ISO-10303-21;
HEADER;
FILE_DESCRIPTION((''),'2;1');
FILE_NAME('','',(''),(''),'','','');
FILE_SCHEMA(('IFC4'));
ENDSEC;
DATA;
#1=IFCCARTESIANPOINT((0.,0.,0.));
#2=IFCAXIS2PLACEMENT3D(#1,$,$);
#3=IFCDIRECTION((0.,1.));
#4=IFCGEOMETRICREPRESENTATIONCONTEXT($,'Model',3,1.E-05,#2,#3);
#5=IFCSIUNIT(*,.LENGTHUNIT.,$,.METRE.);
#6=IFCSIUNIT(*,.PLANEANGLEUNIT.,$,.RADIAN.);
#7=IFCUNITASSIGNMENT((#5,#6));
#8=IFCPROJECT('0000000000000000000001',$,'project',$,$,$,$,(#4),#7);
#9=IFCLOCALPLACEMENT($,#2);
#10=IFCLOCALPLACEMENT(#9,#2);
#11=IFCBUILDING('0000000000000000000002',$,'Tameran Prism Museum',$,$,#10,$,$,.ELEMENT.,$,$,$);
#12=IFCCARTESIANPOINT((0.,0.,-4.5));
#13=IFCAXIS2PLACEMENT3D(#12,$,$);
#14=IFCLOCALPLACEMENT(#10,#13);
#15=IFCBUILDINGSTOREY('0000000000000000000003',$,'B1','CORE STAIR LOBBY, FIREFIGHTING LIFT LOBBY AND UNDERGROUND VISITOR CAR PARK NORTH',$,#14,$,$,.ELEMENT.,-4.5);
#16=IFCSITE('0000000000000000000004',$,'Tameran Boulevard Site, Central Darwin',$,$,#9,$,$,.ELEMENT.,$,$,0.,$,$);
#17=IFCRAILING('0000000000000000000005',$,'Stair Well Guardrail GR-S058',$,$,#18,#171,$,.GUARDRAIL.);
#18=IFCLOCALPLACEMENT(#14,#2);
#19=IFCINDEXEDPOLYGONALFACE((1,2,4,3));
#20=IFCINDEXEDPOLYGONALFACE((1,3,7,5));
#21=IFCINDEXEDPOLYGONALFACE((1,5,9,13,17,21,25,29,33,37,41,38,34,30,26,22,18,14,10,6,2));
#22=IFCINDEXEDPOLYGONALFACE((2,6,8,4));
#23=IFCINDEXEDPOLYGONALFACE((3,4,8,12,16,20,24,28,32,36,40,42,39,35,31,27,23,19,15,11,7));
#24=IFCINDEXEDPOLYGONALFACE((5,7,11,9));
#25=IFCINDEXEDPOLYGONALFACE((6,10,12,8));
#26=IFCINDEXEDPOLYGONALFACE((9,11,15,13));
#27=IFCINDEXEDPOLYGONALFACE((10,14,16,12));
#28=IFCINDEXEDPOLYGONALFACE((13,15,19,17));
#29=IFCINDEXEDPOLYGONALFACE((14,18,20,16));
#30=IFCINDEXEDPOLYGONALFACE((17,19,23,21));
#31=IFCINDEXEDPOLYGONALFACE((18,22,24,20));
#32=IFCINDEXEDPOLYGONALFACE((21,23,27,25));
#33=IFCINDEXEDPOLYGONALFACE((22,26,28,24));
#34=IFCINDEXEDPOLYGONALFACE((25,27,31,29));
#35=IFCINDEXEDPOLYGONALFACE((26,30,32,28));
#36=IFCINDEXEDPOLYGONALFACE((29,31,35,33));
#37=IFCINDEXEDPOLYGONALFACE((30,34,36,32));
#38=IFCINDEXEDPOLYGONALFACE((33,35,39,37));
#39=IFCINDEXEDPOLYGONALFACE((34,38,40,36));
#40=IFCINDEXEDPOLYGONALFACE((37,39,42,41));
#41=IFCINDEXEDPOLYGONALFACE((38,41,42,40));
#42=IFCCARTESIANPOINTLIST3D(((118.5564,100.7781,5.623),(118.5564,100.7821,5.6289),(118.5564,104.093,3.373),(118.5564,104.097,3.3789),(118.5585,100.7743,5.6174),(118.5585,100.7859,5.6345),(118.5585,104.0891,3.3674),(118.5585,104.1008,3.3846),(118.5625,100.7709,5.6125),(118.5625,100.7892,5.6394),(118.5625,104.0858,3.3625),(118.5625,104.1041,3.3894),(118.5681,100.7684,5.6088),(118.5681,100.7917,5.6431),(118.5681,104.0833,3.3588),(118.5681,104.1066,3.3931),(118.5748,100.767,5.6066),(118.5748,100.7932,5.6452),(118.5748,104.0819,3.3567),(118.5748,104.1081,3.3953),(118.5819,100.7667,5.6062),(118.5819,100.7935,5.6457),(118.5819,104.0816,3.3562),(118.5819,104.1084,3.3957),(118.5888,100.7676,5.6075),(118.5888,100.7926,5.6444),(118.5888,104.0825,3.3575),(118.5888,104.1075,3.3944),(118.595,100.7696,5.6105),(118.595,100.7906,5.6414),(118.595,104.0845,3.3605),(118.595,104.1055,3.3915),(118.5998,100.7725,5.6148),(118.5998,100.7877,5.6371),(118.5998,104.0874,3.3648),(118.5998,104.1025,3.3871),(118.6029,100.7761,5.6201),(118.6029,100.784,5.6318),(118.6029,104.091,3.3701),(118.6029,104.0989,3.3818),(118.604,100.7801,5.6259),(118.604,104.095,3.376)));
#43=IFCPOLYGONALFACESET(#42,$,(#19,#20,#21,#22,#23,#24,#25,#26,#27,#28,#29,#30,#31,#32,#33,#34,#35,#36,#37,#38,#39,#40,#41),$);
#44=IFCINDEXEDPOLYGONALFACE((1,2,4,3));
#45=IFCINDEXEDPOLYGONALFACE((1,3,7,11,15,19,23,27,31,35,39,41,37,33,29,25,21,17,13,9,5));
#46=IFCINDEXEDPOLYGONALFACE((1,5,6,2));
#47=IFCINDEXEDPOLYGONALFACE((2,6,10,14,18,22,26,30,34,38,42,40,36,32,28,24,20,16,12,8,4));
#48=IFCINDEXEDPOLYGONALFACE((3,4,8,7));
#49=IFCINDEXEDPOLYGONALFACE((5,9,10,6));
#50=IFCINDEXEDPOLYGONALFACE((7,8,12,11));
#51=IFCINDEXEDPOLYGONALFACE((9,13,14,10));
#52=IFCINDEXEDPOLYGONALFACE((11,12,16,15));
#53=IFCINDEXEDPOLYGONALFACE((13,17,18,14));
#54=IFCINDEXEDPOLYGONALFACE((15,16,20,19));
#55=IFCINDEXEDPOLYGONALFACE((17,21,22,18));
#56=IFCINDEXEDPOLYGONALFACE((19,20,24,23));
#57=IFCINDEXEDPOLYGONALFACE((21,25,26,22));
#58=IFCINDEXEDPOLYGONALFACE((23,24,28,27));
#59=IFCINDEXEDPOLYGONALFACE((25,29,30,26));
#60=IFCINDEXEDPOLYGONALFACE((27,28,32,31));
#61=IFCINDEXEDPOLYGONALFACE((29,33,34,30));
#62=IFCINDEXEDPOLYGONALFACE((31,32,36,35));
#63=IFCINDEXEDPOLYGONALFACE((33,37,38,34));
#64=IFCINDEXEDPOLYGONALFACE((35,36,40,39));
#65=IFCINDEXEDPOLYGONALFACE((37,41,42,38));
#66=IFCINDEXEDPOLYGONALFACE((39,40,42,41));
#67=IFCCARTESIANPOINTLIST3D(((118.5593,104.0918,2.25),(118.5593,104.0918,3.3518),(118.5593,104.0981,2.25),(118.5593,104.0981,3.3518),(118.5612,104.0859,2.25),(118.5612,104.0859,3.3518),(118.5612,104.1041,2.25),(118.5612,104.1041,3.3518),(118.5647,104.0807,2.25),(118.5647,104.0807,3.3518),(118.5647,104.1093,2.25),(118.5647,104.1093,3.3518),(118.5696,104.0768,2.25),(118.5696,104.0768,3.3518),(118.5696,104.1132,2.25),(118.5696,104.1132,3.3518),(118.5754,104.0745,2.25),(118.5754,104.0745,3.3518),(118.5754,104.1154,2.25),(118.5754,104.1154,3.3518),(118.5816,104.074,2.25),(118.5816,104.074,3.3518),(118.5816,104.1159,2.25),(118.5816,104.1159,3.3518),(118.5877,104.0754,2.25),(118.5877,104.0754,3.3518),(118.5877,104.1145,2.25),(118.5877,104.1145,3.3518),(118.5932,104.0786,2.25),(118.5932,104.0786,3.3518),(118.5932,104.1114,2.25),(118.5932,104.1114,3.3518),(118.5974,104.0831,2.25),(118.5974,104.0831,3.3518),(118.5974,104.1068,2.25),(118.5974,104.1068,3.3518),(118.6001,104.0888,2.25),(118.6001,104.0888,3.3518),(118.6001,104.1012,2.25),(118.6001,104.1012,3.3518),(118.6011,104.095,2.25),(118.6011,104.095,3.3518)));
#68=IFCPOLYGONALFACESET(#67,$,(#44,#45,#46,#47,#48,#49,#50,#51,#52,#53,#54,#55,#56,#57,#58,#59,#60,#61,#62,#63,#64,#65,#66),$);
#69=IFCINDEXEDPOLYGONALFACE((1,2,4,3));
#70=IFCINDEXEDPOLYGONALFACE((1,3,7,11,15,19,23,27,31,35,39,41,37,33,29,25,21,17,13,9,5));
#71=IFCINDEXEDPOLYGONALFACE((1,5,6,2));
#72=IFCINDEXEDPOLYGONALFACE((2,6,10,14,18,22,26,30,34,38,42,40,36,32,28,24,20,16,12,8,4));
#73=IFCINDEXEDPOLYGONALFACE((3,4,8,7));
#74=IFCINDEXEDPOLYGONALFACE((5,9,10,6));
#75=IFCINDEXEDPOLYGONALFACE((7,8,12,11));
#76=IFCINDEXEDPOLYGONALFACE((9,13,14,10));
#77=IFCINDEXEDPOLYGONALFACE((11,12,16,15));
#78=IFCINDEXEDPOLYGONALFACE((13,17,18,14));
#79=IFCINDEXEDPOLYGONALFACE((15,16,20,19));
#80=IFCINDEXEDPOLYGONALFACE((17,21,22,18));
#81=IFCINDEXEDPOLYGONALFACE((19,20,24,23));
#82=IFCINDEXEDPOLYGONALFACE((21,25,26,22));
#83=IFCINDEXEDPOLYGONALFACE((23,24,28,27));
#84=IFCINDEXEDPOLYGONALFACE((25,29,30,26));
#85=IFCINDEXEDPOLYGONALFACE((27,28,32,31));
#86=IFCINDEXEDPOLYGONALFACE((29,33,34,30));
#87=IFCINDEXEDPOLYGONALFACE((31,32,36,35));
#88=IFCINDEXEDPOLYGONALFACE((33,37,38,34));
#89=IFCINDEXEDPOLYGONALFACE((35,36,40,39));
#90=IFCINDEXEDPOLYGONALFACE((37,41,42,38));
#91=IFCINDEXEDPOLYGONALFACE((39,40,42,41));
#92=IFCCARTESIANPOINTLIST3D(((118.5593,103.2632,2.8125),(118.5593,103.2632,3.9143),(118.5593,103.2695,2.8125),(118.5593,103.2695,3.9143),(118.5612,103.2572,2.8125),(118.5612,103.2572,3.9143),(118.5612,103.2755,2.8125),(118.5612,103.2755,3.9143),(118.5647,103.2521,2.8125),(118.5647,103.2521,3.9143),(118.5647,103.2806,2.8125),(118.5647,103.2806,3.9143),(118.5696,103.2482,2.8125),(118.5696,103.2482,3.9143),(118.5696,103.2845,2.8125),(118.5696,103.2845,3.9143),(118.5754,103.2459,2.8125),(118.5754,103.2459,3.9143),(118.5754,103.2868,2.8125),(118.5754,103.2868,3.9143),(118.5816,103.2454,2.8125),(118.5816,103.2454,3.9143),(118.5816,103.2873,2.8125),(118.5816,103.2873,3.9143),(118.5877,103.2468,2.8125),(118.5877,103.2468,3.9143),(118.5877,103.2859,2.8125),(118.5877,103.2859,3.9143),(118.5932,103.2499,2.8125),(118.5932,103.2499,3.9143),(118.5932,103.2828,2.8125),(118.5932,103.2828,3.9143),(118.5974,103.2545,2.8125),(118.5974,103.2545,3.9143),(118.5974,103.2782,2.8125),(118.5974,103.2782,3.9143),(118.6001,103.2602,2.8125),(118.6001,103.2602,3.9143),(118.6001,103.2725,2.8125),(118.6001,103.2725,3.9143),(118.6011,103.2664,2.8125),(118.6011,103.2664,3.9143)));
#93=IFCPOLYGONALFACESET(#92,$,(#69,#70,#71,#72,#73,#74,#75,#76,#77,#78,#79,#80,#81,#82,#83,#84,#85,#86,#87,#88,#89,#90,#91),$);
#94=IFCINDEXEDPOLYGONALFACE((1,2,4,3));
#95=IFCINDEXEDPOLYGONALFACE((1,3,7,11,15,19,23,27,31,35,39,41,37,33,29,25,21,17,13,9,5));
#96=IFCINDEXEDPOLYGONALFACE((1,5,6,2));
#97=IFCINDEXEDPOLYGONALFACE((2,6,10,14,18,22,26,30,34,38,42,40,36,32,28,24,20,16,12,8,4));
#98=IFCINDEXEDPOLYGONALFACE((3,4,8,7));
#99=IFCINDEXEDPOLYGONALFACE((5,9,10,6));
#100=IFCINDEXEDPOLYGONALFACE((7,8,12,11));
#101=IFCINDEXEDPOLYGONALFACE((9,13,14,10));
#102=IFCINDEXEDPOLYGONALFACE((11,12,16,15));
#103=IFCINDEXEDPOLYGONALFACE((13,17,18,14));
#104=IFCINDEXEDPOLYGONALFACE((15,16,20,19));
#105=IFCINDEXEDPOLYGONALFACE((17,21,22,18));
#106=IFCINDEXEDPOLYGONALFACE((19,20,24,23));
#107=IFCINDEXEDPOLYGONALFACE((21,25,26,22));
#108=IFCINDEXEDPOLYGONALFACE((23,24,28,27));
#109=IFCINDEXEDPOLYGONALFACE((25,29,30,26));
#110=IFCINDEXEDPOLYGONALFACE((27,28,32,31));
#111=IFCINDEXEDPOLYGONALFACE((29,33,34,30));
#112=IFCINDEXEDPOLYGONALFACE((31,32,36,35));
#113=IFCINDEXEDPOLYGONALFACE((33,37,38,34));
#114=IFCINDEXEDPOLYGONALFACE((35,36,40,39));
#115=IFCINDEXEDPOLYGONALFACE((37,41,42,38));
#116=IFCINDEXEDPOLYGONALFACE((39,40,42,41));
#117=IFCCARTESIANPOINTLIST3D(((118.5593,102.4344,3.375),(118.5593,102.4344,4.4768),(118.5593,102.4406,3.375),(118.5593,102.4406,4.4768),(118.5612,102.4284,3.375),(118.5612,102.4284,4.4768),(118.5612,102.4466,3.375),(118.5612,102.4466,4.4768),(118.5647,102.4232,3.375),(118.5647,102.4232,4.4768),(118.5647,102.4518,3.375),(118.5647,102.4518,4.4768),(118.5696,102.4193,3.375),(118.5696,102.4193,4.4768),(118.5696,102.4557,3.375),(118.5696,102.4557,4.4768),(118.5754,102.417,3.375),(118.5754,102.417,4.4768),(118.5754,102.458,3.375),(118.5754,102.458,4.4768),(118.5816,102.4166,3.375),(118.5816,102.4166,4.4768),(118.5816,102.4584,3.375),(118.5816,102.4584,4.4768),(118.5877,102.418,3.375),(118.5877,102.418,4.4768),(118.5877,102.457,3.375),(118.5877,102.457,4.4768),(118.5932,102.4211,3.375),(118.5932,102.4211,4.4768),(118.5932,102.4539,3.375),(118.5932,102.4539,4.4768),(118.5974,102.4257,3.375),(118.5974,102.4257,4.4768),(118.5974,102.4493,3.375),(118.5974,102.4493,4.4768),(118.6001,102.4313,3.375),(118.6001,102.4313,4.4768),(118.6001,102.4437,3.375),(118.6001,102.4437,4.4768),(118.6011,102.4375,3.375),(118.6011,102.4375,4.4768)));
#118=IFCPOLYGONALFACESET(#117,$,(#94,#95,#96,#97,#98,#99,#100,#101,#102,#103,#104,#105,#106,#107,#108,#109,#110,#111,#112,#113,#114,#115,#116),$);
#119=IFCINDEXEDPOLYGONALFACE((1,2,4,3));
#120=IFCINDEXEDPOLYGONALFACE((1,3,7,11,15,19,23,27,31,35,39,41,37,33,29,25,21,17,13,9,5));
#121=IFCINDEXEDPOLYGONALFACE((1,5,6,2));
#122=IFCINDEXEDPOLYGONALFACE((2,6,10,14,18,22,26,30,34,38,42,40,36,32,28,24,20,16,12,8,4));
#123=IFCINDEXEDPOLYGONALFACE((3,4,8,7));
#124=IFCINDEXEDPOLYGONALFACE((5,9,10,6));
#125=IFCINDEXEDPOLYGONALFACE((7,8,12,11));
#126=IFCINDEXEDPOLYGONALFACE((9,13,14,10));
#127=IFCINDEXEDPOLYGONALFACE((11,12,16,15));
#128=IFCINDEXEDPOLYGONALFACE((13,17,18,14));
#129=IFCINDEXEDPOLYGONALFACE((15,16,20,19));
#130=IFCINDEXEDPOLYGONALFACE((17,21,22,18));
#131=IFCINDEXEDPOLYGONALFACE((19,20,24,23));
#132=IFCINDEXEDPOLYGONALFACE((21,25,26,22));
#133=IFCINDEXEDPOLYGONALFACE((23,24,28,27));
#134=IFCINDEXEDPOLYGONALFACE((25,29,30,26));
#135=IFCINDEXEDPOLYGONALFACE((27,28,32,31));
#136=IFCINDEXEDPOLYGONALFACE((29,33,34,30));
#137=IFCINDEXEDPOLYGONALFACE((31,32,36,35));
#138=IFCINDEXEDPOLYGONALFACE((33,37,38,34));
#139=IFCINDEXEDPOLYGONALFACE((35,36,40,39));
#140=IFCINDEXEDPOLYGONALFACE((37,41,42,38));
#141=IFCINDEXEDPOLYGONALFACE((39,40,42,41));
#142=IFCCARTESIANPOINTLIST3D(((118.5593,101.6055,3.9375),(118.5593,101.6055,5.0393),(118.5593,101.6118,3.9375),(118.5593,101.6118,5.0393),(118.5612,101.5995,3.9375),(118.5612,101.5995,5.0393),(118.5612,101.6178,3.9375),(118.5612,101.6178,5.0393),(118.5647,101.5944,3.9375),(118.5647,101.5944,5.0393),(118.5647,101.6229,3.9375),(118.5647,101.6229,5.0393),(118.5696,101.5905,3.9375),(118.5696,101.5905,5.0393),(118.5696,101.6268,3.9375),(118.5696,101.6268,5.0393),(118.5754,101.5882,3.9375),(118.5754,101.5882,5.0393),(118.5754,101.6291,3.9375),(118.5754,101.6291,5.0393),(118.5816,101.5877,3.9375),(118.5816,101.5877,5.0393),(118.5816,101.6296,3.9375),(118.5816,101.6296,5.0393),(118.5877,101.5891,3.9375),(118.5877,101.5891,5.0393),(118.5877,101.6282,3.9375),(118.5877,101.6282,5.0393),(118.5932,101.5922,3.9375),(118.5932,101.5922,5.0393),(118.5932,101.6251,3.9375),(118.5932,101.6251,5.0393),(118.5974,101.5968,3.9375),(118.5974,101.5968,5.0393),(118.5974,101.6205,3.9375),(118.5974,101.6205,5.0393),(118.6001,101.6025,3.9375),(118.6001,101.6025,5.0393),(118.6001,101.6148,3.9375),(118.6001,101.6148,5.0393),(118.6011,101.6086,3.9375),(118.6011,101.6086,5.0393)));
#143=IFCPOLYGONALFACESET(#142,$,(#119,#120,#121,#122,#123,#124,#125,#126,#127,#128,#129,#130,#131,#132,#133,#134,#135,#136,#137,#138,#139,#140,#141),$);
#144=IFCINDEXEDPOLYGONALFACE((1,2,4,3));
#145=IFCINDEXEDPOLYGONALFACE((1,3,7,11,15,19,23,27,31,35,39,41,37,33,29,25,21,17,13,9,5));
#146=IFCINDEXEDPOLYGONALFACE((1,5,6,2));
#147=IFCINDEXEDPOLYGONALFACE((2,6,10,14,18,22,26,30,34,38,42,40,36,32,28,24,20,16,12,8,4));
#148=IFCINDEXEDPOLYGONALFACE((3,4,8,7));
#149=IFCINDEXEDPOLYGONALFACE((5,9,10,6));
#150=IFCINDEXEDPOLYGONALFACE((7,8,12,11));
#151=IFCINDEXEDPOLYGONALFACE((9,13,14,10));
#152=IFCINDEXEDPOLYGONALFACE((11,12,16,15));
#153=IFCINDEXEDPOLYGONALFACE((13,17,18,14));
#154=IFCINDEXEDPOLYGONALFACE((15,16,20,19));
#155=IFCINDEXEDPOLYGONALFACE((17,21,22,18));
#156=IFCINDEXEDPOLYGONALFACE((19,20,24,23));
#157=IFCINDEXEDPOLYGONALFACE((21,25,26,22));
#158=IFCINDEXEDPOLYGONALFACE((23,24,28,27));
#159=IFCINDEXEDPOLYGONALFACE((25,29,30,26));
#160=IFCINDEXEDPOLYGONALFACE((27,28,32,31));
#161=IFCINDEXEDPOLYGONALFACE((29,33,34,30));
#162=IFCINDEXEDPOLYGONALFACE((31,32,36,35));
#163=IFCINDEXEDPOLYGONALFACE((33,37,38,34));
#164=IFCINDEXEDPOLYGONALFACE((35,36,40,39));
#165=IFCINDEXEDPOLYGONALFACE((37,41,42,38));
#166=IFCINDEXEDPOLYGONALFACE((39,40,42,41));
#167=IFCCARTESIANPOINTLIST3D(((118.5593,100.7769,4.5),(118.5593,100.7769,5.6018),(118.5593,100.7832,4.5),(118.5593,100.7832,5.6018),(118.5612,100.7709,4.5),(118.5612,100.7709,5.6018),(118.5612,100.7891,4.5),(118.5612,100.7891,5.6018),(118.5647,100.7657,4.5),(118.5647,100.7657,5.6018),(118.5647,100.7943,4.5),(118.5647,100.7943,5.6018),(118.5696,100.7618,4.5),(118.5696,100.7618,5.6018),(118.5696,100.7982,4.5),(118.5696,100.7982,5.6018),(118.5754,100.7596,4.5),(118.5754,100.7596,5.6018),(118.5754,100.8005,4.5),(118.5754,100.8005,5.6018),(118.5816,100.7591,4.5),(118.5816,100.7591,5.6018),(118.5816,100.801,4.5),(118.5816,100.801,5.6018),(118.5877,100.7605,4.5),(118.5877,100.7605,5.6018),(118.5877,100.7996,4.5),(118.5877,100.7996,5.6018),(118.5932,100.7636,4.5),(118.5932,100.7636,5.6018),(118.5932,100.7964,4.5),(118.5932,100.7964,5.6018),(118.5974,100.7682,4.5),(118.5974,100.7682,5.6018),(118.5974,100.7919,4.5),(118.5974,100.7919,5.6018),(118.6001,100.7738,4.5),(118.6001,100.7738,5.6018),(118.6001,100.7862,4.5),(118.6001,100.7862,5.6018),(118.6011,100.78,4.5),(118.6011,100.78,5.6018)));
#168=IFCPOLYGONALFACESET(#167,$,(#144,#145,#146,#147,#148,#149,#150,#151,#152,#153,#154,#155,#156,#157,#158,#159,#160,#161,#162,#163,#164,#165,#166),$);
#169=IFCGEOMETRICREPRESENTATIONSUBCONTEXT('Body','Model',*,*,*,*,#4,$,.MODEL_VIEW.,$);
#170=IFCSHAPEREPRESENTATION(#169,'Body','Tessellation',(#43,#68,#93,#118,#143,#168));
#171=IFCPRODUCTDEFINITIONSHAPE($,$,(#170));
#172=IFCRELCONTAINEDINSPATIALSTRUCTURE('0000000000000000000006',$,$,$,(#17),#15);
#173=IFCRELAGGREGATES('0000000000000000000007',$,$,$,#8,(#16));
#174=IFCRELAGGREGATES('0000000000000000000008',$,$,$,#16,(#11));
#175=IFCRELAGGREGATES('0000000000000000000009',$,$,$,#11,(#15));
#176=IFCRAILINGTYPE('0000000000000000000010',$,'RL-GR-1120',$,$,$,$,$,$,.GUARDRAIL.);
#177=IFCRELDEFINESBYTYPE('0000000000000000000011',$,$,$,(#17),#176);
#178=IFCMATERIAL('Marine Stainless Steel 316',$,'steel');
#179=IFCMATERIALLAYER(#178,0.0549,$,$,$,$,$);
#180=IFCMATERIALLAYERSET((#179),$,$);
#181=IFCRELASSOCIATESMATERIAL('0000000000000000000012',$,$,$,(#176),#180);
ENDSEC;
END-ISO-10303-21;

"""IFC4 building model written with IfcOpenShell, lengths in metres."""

from ifc_helpers import new_model, si_unit, direction, frame, origin, origin_2d, place, context, subcontext, project, spatial, circle, extrude, material, layer, layer_set, type_object, element, save


model = new_model("IFC4")

# Units and contexts
model_context = context("Model", 3, precision=1e-05, world=origin(), true_north=direction((0.0, 1.0)))
body_context = subcontext(model_context, "Body", "Model", "MODEL_VIEW")
ifc_project = project(units=[si_unit("LENGTHUNIT", "METRE"), si_unit("PLANEANGLEUNIT", "RADIAN")], contexts=[model_context])

# Site, building, storey
site_placement = place(None, origin())
site = spatial("IfcSite", under=ifc_project, at=site_placement, Name="Tameran Boulevard Site, Central Darwin", CompositionType="ELEMENT", RefElevation=0.0)
building_placement = place(site_placement, origin())
building = spatial("IfcBuilding", under=site, at=building_placement, Name="Tameran Prism Museum", CompositionType="ELEMENT")
storey_placement = place(building_placement, frame((0.0, 0.0, -4.5)))
storey = spatial("IfcBuildingStorey", under=building, at=storey_placement, Name="B1", Description="CORE STAIR LOBBY, FIREFIGHTING LIFT LOBBY AND UNDERGROUND VISITOR CAR PARK NORTH", CompositionType="ELEMENT", Elevation=-4.5)

# Railing
ifc_material_1 = material(Name="Marine Stainless Steel 316", Category="steel")
ifc_layer_1 = layer(ifc_material_1, 0.0549)
ifc_layer_set_1 = layer_set([ifc_layer_1])
railing_type_1 = type_object("IfcRailingType", Name="RL-GR-1120", PredefinedType="GUARDRAIL", material=ifc_layer_set_1)
railing_1_placement = place(storey_placement, frame((118.5801, 104.095, 2.25)))
element("IfcRailing", 1, at=railing_1_placement, inside=storey, type_object=railing_type_1, Name="Stair Well Guardrail GR-S058", PredefinedType="GUARDRAIL", context=body_context, shape_type="SweptSolid", body=[
    extrude(circle(Radius=0.0239, at=origin_2d()), frame((0.0, 0.0, 1.126), z_axis=(0.0, -0.827409, 0.5616), x_axis=(1.0, 0.0, 0.0)), (0.0, 0.0, 1.0), 4.0063),
    extrude(circle(Radius=0.021, at=origin_2d()), origin(), (0.0, 0.0, 1.0), 1.1018),
    extrude(circle(Radius=0.021, at=origin_2d()), frame((0.0, -0.8286, 0.5625)), (0.0, 0.0, 1.0), 1.1018),
    extrude(circle(Radius=0.021, at=origin_2d()), frame((0.0, -1.6575, 1.125)), (0.0, 0.0, 1.0), 1.1018),
    extrude(circle(Radius=0.021, at=origin_2d()), frame((0.0, -2.4863, 1.6875)), (0.0, 0.0, 1.0), 1.1018),
    extrude(circle(Radius=0.021, at=origin_2d()), frame((0.0, -3.3149, 2.25)), (0.0, 0.0, 1.0), 1.1018),
])

save(model, "model.ifc")
